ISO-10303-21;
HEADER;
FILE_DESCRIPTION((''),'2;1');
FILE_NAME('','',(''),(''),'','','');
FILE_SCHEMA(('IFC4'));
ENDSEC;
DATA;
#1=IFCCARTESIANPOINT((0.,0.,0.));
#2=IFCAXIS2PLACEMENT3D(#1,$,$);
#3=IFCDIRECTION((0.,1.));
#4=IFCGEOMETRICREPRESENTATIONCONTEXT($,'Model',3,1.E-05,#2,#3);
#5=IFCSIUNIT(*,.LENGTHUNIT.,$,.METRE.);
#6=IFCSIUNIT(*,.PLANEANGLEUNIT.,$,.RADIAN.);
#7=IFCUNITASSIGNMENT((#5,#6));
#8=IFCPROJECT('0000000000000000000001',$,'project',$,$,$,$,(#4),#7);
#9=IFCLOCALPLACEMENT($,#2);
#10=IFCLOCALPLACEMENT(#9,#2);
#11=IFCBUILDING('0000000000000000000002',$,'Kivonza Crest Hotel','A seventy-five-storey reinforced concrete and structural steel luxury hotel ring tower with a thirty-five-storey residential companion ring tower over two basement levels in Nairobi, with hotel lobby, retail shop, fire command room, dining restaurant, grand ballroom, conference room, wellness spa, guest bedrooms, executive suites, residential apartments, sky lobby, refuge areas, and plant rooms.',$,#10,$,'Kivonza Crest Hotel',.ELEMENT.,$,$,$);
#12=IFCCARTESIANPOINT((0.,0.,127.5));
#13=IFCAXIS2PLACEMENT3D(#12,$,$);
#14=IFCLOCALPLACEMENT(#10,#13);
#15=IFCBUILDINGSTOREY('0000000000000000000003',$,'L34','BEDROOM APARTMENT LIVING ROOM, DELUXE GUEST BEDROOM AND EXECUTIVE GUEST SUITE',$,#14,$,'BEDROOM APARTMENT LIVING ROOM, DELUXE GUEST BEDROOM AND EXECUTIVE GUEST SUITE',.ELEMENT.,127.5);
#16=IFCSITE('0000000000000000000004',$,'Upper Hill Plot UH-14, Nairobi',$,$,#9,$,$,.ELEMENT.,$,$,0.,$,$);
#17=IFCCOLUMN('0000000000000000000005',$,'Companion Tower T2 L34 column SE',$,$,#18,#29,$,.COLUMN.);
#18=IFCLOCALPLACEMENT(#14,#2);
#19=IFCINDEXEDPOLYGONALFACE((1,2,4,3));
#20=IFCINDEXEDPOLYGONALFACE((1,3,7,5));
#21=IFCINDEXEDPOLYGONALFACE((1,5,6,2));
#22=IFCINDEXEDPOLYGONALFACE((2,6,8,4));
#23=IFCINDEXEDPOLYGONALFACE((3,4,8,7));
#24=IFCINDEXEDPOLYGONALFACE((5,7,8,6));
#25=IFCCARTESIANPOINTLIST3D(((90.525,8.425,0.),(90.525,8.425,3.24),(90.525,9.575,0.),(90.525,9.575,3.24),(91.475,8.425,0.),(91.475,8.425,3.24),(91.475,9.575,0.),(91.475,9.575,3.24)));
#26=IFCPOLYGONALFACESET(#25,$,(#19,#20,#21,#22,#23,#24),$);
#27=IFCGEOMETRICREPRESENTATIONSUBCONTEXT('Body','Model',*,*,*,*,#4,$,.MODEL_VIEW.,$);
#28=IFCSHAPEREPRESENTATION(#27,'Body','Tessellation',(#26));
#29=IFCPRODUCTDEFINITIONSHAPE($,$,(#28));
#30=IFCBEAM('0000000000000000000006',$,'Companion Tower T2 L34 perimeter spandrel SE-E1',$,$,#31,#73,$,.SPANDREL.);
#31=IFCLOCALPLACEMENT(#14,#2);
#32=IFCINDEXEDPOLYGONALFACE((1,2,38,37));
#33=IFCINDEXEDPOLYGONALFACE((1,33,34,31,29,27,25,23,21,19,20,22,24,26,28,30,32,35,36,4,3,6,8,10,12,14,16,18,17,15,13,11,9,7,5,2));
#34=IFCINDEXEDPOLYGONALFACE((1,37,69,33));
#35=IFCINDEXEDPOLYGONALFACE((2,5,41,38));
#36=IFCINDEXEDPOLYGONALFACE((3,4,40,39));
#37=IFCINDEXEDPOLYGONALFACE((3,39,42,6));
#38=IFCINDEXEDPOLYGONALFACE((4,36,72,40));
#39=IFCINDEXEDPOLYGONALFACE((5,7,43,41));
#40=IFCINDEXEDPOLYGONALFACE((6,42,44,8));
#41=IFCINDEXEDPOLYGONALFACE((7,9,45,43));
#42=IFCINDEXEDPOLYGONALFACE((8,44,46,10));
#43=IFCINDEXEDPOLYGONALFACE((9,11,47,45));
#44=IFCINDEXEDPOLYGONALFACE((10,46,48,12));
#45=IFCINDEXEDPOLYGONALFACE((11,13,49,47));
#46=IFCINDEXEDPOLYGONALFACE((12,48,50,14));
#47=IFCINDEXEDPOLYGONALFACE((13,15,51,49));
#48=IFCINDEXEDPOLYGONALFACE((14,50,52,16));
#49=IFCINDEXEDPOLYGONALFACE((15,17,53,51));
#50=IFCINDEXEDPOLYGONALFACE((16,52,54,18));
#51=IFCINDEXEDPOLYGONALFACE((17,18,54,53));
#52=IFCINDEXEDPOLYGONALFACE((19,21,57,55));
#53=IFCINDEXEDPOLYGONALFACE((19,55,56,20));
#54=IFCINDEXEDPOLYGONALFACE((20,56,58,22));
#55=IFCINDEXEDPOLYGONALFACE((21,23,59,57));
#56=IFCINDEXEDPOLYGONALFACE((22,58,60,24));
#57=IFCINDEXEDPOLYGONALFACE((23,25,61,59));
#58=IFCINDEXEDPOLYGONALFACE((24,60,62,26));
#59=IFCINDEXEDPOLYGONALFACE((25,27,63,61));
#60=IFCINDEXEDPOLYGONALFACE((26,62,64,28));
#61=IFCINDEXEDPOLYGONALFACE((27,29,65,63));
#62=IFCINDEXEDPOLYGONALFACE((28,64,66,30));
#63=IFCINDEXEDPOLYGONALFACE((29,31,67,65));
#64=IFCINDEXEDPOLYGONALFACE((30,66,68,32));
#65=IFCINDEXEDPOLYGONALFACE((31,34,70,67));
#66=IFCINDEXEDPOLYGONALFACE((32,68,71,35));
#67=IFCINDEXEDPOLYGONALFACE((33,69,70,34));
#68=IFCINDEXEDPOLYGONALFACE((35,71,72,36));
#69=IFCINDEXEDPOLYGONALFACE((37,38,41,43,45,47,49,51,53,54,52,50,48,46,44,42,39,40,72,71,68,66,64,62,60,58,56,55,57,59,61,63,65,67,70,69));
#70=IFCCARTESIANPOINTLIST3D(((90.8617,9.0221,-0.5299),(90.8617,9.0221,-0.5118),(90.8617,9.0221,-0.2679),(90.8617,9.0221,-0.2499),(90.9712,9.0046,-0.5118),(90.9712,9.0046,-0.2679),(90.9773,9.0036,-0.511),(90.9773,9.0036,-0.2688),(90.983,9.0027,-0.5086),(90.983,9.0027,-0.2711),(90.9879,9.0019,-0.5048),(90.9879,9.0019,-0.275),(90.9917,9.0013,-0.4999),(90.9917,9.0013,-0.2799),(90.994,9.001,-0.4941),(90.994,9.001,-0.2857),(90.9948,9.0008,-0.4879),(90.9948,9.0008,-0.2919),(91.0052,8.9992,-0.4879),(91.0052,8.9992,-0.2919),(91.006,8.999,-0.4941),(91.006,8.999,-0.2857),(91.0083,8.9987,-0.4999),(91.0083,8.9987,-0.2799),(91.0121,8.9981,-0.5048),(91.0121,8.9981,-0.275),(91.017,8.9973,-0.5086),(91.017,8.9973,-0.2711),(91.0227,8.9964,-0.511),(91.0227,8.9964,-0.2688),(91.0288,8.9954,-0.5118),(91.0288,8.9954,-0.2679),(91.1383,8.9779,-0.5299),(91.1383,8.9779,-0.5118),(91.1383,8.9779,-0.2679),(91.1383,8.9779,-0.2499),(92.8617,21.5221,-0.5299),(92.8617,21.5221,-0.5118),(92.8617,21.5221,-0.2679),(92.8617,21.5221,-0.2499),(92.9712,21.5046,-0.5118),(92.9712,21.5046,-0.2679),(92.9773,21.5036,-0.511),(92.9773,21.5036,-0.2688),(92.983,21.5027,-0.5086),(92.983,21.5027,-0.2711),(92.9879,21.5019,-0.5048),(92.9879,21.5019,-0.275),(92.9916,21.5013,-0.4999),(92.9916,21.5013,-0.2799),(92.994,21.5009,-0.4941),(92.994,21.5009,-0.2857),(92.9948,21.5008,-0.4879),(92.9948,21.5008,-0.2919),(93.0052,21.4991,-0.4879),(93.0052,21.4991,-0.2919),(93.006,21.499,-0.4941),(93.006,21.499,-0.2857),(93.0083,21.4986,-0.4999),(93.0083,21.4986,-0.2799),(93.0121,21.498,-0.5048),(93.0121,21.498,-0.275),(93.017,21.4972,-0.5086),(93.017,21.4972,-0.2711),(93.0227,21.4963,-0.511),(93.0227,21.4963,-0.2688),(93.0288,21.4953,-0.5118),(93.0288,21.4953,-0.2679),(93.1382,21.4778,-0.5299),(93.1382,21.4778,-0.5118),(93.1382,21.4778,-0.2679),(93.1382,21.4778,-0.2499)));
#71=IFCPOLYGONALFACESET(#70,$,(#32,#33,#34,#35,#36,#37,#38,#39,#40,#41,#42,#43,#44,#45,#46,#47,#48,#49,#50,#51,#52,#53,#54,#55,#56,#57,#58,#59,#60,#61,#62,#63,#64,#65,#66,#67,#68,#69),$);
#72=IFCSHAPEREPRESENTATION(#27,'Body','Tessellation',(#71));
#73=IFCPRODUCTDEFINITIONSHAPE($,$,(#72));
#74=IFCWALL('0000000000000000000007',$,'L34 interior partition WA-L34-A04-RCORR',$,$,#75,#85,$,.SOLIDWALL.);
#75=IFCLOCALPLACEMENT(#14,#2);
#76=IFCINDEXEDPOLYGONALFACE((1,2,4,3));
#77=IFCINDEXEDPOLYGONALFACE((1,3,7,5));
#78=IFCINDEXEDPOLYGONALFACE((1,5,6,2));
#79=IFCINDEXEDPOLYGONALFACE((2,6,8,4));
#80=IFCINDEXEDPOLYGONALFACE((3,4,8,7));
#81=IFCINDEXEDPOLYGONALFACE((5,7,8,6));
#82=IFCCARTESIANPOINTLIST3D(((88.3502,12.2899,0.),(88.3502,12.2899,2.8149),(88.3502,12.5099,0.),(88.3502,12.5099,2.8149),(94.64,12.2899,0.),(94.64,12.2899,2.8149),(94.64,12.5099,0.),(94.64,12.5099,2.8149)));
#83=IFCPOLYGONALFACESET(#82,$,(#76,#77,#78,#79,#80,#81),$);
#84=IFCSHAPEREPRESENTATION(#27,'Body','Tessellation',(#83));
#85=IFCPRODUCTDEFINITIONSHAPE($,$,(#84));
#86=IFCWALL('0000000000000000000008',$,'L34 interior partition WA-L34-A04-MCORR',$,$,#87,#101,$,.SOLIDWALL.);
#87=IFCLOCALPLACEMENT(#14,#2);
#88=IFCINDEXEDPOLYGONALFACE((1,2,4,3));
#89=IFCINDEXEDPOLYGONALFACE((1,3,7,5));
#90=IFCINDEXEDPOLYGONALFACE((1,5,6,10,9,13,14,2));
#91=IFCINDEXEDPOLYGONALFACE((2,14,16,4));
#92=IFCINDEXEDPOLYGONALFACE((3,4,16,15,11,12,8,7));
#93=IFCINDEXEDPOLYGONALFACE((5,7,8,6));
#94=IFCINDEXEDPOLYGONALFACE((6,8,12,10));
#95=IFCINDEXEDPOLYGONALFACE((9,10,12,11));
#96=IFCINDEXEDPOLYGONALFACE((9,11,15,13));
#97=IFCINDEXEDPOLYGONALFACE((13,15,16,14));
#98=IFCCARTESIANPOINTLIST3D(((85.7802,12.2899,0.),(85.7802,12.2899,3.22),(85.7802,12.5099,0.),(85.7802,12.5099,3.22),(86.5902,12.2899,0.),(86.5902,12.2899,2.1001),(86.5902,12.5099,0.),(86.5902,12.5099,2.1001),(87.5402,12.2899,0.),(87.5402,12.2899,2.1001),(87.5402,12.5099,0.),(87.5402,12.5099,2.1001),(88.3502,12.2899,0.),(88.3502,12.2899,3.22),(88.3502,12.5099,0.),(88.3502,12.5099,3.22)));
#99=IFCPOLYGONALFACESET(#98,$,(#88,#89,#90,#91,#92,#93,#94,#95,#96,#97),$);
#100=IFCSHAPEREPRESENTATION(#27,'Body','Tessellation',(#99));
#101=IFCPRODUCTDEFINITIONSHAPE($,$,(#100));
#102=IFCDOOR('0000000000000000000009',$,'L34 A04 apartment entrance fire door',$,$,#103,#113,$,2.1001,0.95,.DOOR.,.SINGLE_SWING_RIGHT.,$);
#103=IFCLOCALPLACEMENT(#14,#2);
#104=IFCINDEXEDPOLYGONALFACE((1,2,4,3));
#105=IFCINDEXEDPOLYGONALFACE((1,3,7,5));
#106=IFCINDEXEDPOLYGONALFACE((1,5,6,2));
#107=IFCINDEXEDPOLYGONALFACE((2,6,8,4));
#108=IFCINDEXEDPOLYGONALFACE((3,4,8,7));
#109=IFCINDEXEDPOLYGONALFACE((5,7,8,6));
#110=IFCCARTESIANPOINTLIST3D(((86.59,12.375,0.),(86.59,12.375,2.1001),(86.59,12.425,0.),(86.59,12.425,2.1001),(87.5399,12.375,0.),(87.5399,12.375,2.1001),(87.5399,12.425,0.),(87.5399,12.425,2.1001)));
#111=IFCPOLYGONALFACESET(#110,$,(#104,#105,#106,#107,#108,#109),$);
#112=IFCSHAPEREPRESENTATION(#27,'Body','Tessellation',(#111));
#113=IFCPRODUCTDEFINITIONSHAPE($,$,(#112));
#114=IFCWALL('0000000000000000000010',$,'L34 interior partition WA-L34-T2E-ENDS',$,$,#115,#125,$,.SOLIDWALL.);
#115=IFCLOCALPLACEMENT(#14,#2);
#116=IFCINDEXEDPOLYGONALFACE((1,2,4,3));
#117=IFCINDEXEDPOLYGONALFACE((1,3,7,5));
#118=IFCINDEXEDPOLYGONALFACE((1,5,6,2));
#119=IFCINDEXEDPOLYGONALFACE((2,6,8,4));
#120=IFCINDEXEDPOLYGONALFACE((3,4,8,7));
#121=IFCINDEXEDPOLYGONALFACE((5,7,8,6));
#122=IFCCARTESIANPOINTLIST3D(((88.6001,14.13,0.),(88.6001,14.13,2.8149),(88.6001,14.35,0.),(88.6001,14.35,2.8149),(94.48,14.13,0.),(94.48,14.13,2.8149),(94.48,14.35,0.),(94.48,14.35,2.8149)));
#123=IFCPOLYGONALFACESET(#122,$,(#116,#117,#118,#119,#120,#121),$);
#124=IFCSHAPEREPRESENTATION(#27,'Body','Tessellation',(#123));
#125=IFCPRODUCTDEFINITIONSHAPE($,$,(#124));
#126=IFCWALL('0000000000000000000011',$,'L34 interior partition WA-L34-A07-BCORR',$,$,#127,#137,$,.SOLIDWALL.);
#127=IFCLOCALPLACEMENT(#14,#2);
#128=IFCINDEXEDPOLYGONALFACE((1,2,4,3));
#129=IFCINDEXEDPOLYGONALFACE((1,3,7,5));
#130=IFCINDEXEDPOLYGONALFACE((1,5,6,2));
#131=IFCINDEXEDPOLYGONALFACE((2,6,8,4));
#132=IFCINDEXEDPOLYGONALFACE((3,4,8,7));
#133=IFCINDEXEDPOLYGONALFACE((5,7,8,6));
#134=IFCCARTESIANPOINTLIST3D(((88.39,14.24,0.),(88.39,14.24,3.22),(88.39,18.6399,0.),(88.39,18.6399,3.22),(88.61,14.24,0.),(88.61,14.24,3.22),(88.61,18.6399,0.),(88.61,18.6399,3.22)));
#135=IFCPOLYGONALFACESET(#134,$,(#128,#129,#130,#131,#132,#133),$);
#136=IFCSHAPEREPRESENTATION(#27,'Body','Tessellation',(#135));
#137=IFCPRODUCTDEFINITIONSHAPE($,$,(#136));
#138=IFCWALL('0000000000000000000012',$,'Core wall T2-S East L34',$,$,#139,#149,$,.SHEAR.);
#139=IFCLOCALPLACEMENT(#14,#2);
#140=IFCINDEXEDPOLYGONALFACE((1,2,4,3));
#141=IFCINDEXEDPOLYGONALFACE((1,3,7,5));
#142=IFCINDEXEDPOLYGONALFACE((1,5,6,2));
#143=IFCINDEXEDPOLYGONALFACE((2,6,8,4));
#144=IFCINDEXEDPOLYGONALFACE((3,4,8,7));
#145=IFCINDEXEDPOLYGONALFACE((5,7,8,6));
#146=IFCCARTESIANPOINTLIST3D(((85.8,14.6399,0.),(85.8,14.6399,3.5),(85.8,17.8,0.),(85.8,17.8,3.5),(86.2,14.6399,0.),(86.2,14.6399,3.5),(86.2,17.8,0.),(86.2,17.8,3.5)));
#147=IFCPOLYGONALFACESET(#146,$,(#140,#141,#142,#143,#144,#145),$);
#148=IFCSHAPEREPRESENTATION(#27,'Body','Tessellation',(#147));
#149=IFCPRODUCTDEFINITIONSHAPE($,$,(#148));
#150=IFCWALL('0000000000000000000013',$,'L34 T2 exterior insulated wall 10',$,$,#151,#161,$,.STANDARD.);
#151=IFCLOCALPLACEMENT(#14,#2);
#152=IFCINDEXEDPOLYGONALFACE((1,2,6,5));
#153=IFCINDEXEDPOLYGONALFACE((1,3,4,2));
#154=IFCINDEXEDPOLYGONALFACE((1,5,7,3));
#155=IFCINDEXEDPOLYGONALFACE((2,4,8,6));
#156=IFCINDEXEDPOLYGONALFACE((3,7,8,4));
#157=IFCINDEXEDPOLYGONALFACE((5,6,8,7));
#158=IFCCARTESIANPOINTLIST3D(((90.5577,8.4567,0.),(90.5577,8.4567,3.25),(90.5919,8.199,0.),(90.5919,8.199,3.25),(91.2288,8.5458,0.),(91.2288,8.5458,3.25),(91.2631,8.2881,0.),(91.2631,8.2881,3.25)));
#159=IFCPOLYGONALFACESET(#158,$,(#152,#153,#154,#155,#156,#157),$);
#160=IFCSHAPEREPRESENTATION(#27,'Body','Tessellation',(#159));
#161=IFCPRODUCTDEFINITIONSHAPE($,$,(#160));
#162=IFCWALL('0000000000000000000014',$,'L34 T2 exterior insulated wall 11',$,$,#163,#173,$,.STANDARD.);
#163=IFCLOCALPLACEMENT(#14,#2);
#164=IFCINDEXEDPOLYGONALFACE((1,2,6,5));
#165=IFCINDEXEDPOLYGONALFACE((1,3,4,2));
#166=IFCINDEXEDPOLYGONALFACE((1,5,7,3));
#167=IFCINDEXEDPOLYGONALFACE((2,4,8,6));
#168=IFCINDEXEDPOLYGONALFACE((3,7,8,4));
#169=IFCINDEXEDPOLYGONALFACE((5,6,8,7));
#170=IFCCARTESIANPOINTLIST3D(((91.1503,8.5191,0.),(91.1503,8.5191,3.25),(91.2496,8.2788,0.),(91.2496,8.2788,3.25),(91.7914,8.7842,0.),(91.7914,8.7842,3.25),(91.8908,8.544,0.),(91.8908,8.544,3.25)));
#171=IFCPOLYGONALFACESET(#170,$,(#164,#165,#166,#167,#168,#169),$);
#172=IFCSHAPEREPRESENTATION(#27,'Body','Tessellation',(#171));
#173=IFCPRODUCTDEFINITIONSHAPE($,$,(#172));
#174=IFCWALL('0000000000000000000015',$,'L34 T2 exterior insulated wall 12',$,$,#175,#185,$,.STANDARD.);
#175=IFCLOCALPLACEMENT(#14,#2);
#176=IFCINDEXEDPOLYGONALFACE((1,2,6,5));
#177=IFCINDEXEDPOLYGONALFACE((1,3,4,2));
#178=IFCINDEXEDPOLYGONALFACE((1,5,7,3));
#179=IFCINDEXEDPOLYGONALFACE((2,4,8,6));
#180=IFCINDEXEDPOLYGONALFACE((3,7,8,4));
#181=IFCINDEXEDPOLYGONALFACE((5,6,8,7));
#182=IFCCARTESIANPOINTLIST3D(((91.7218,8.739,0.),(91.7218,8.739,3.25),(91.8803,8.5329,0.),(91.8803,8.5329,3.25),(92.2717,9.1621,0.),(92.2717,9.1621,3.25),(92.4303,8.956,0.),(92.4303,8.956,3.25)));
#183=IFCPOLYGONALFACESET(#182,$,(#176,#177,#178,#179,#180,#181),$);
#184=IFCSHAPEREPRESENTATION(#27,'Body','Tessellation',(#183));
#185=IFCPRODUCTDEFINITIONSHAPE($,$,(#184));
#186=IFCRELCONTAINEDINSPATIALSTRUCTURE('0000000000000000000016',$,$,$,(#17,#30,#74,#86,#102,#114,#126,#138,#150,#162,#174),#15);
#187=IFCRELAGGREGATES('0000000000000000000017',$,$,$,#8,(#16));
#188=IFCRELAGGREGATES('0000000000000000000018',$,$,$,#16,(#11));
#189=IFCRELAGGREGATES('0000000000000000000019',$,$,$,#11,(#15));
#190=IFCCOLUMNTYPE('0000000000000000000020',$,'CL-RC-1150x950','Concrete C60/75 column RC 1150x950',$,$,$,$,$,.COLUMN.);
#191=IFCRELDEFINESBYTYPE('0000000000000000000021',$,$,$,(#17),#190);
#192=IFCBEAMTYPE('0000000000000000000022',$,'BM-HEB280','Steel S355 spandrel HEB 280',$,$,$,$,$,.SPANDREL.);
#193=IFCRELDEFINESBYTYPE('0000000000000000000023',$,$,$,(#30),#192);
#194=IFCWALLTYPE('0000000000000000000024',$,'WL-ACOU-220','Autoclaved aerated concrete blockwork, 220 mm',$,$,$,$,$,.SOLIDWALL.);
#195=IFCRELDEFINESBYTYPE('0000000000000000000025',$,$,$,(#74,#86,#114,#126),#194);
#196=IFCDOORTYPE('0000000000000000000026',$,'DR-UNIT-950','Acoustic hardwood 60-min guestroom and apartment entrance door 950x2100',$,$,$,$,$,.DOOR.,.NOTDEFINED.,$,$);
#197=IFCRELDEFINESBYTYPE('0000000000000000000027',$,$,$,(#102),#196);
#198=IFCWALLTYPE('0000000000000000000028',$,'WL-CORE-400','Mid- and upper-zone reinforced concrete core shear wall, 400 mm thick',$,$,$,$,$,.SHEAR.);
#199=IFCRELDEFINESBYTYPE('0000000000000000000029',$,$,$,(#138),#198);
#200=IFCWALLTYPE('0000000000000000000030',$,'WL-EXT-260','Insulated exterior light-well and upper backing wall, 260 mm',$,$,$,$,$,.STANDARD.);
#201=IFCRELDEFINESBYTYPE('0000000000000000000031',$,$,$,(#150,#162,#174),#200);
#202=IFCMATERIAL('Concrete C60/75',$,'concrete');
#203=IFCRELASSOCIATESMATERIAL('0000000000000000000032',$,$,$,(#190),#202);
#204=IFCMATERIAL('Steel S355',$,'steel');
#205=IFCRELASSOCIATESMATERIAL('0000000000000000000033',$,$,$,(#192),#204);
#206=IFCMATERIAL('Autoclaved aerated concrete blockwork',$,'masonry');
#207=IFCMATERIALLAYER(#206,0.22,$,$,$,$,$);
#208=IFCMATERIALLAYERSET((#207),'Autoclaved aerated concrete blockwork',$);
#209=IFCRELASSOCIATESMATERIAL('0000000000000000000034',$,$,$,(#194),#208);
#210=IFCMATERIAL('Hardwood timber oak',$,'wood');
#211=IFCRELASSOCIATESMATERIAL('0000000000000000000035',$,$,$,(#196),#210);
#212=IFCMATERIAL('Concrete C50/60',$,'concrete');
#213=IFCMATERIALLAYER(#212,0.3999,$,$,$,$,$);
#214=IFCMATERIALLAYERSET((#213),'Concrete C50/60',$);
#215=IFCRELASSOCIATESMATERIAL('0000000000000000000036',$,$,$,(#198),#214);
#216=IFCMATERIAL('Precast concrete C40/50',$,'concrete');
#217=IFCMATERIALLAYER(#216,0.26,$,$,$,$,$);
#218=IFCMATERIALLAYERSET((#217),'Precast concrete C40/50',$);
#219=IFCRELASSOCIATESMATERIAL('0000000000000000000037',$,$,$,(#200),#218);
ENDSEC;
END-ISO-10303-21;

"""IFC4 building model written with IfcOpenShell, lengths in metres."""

from ifc_helpers import new_model, si_unit, direction, frame, frame_2d, origin, origin_2d, place, context, subcontext, project, spatial, rectangle, i_section, extrude, material, layer, layer_set, material_profile, profile_set, type_object, element, fill, save


model = new_model("IFC4")

# Units and contexts
model_context = context("Model", 3, precision=1e-05, world=origin(), true_north=direction((0.0, 1.0)))
body_context = subcontext(model_context, "Body", "Model", "MODEL_VIEW")
ifc_project = project(units=[si_unit("LENGTHUNIT", "METRE"), si_unit("PLANEANGLEUNIT", "RADIAN")], contexts=[model_context])

# Site, building, storey
site_placement = place(None, origin())
site = spatial("IfcSite", under=ifc_project, at=site_placement, Name="Upper Hill Plot UH-14, Nairobi", CompositionType="ELEMENT", RefElevation=0.0)
building_placement = place(site_placement, origin())
building = spatial("IfcBuilding", under=site, at=building_placement, Name="Kivonza Crest Hotel", Description="A seventy-five-storey reinforced concrete and structural steel luxury hotel ring tower with a thirty-five-storey residential companion ring tower over two basement levels in Nairobi, with hotel lobby, retail shop, fire command room, dining restaurant, grand ballroom, conference room, wellness spa, guest bedrooms, executive suites, residential apartments, sky lobby, refuge areas, and plant rooms.", LongName="Kivonza Crest Hotel", CompositionType="ELEMENT")
storey_placement = place(building_placement, frame((0.0, 0.0, 127.5)))
storey = spatial("IfcBuildingStorey", under=building, at=storey_placement, Name="L34", Description="BEDROOM APARTMENT LIVING ROOM, DELUXE GUEST BEDROOM AND EXECUTIVE GUEST SUITE", LongName="BEDROOM APARTMENT LIVING ROOM, DELUXE GUEST BEDROOM AND EXECUTIVE GUEST SUITE", CompositionType="ELEMENT", Elevation=127.5)

# Column
ifc_material_1 = material(Name="Concrete C60/75", Category="concrete")
ifc_material_profile_1 = material_profile(ifc_material_1, rectangle(XDim=0.95, YDim=1.1499, at=origin_2d()), Name="RC 1150x950")
ifc_profile_set_1 = profile_set([ifc_material_profile_1], Name="Concrete C60/75")
column_type = type_object("IfcColumnType", Name="CL-RC-1150x950", Description="Concrete C60/75 column RC 1150x950", PredefinedType="COLUMN", material=ifc_profile_set_1)
column_placement = place(storey_placement, frame((91.0, 9.0, 0.0), z_axis=(0.0, 0.0, 1.0), x_axis=(1.0, 0.0, 0.0)))
element("IfcColumn", 1, at=column_placement, inside=storey, type_object=column_type, Name="Companion Tower T2 L34 column SE", PredefinedType="COLUMN", context=body_context, shape_type="SweptSolid", body=[
    extrude(rectangle(XDim=0.95, YDim=1.1499, at=origin_2d()), origin(), (0.0, 0.0, 1.0), 3.24),
])

# Beam
ifc_material_2 = material(Name="Steel S355", Category="steel")
ifc_material_profile_2 = material_profile(ifc_material_2, i_section(OverallWidth=0.28, OverallDepth=0.28, WebThickness=0.0105, FlangeThickness=0.0181, FilletRadius=0.0239, at=origin_2d()), Name="HEB 280")
ifc_profile_set_2 = profile_set([ifc_material_profile_2], Name="Steel S355")
beam_type = type_object("IfcBeamType", Name="BM-HEB280", Description="Steel S355 spandrel HEB 280", PredefinedType="SPANDREL", material=ifc_profile_set_2)
beam_placement = place(storey_placement, frame((91.0, 9.0, -0.3899), z_axis=(0.157991, 0.987441, 0.0), x_axis=(-0.987441, 0.157991, 0.0)))
element("IfcBeam", 2, at=beam_placement, inside=storey, type_object=beam_type, Name="Companion Tower T2 L34 perimeter spandrel SE-E1", PredefinedType="SPANDREL", context=body_context, shape_type="SweptSolid", body=[
    extrude(i_section(OverallWidth=0.28, OverallDepth=0.28, WebThickness=0.0105, FlangeThickness=0.0181, FilletRadius=0.0239, at=origin_2d()), origin(), (0.0, 0.0, 1.0), 12.6589),
])

# Wall
ifc_material_3 = material(Name="Autoclaved aerated concrete blockwork", Category="masonry")
ifc_layer_1 = layer(ifc_material_3, 0.22)
ifc_layer_set_1 = layer_set([ifc_layer_1], Name="Autoclaved aerated concrete blockwork")
wall_type_1 = type_object("IfcWallType", Name="WL-ACOU-220", Description="Autoclaved aerated concrete blockwork, 220 mm", PredefinedType="SOLIDWALL", material=ifc_layer_set_1)
wall_1_placement = place(storey_placement, frame((88.3501, 12.3999, 0.0), z_axis=(0.0, 0.0, 1.0), x_axis=(1.0, 0.0, 0.0)))
element("IfcWall", 3, at=wall_1_placement, inside=storey, type_object=wall_type_1, Name="L34 interior partition WA-L34-A04-RCORR", PredefinedType="SOLIDWALL", context=body_context, shape_type="SweptSolid", body=[
    extrude(rectangle(XDim=6.2898, YDim=0.22, at=frame_2d((3.145, 0.0))), origin(), (0.0, 0.0, 1.0), 2.8149),
])

# Wall, opening, door
wall_2_placement = place(storey_placement, frame((85.78, 12.3999, 0.0), z_axis=(0.0, 0.0, 1.0), x_axis=(1.0, 0.0, 0.0)))
wall_2 = element("IfcWall", 4, at=wall_2_placement, inside=storey, type_object=wall_type_1, Name="L34 interior partition WA-L34-A04-MCORR", PredefinedType="SOLIDWALL", context=body_context, shape_type="SweptSolid", body=[
    extrude(rectangle(XDim=2.5701, YDim=0.22, at=frame_2d((1.2852, 0.0))), origin(), (0.0, 0.0, 1.0), 3.22),
])
opening_1_placement = place(wall_2_placement, frame((0.8101, 0.0, 0.0)))
opening_1 = element("IfcOpeningElement", 5, at=opening_1_placement, cuts=wall_2, PredefinedType="OPENING", context=body_context, shape_type="SweptSolid", body=[
    extrude(rectangle(XDim=0.95, YDim=2.1001, at=frame_2d((0.4751, 1.05))), frame((0.0, 0.1201, 0.0), z_axis=(0.0, -1.0, 0.0), x_axis=(1.0, 0.0, 0.0)), (0.0, 0.0, 1.0), 0.24),
])
ifc_material_4 = material(Name="Hardwood timber oak", Category="wood")
door_type_1 = type_object("IfcDoorType", Name="DR-UNIT-950", Description="Acoustic hardwood 60-min guestroom and apartment entrance door 950x2100", OperationType="NOTDEFINED", PredefinedType="DOOR", material=ifc_material_4)
door_1_placement = place(opening_1_placement, frame((0.95, 0.0, 0.0), z_axis=(0.0, 0.0, 1.0), x_axis=(-1.0, 0.0, 0.0)))
door_1 = element("IfcDoor", 6, at=door_1_placement, inside=storey, type_object=door_type_1, Name="L34 A04 apartment entrance fire door", OperationType="SINGLE_SWING_RIGHT", OverallHeight=2.1001, OverallWidth=0.95, PredefinedType="DOOR", context=body_context, shape_type="SweptSolid", body=[
    extrude(rectangle(XDim=0.95, YDim=2.1001, at=frame_2d((0.4751, 1.05))), frame((0.0, 0.0249, 0.0), z_axis=(0.0, -1.0, 0.0), x_axis=(1.0, 0.0, 0.0)), (0.0, 0.0, 1.0), 0.05),
])
fill(opening_1, door_1)

# Walls
wall_3_placement = place(storey_placement, frame((88.6001, 14.24, 0.0), z_axis=(0.0, 0.0, 1.0), x_axis=(1.0, 0.0, 0.0)))
element("IfcWall", 7, at=wall_3_placement, inside=storey, type_object=wall_type_1, Name="L34 interior partition WA-L34-T2E-ENDS", PredefinedType="SOLIDWALL", context=body_context, shape_type="SweptSolid", body=[
    extrude(rectangle(XDim=5.8799, YDim=0.22, at=frame_2d((2.9399, 0.0))), origin(), (0.0, 0.0, 1.0), 2.8149),
])
wall_4_placement = place(storey_placement, frame((88.5, 14.24, 0.0), z_axis=(0.0, 0.0, 1.0), x_axis=(0.0, 1.0, 0.0)))
element("IfcWall", 8, at=wall_4_placement, inside=storey, type_object=wall_type_1, Name="L34 interior partition WA-L34-A07-BCORR", PredefinedType="SOLIDWALL", context=body_context, shape_type="SweptSolid", body=[
    extrude(rectangle(XDim=4.3999, YDim=0.22, at=frame_2d((2.2, 0.0))), origin(), (0.0, 0.0, 1.0), 3.22),
])
ifc_material_5 = material(Name="Concrete C50/60", Category="concrete")
ifc_layer_2 = layer(ifc_material_5, 0.3999)
ifc_layer_set_2 = layer_set([ifc_layer_2], Name="Concrete C50/60")
wall_type_2 = type_object("IfcWallType", Name="WL-CORE-400", Description="Mid- and upper-zone reinforced concrete core shear wall, 400 mm thick", PredefinedType="SHEAR", material=ifc_layer_set_2)
wall_5_placement = place(storey_placement, frame((86.0, 14.6399, 0.0), z_axis=(0.0, 0.0, 1.0), x_axis=(0.0, 1.0, 0.0)))
element("IfcWall", 9, at=wall_5_placement, inside=storey, type_object=wall_type_2, Name="Core wall T2-S East L34", PredefinedType="SHEAR", context=body_context, shape_type="SweptSolid", body=[
    extrude(rectangle(XDim=3.1602, YDim=0.3999, at=frame_2d((1.5801, 0.0))), origin(), (0.0, 0.0, 1.0), 3.5),
])
ifc_material_6 = material(Name="Precast concrete C40/50", Category="concrete")
ifc_layer_3 = layer(ifc_material_6, 0.26)
ifc_layer_set_3 = layer_set([ifc_layer_3], Name="Precast concrete C40/50")
wall_type_3 = type_object("IfcWallType", Name="WL-EXT-260", Description="Insulated exterior light-well and upper backing wall, 260 mm", PredefinedType="STANDARD", material=ifc_layer_set_3)
wall_6_placement = place(storey_placement, frame((90.575, 8.3279, 0.0), z_axis=(0.0, 0.0, 1.0), x_axis=(0.9913, 0.13162, 0.0)))
element("IfcWall", 10, at=wall_6_placement, inside=storey, type_object=wall_type_3, Name="L34 T2 exterior insulated wall 10", PredefinedType="STANDARD", context=body_context, shape_type="SweptSolid", body=[
    extrude(rectangle(XDim=0.677, YDim=0.26, at=frame_2d((0.3384, 0.0))), origin(), (0.0, 0.0, 1.0), 3.25),
])
for number, where, z_axis, x_axis, name in (
    (11, (91.2, 8.3989, 0.0), (0.0, 0.0, 1.0), (0.924094, 0.382165, 0.0), "L34 T2 exterior insulated wall 11"),
    (12, (91.801, 8.636, 0.0), (0.0, 0.0, 1.0), (0.792637, 0.609694, 0.0), "L34 T2 exterior insulated wall 12"),
):
    element("IfcWall", number, at=place(storey_placement, frame(where, z_axis=z_axis, x_axis=x_axis)), inside=storey, type_object=wall_type_3, Name=name, PredefinedType="STANDARD", context=body_context, shape_type="SweptSolid", body=[
        extrude(rectangle(XDim=0.6938, YDim=0.26, at=frame_2d((0.3469, 0.0))), origin(), (0.0, 0.0, 1.0), 3.25),
    ])

save(model, "model.ifc")
